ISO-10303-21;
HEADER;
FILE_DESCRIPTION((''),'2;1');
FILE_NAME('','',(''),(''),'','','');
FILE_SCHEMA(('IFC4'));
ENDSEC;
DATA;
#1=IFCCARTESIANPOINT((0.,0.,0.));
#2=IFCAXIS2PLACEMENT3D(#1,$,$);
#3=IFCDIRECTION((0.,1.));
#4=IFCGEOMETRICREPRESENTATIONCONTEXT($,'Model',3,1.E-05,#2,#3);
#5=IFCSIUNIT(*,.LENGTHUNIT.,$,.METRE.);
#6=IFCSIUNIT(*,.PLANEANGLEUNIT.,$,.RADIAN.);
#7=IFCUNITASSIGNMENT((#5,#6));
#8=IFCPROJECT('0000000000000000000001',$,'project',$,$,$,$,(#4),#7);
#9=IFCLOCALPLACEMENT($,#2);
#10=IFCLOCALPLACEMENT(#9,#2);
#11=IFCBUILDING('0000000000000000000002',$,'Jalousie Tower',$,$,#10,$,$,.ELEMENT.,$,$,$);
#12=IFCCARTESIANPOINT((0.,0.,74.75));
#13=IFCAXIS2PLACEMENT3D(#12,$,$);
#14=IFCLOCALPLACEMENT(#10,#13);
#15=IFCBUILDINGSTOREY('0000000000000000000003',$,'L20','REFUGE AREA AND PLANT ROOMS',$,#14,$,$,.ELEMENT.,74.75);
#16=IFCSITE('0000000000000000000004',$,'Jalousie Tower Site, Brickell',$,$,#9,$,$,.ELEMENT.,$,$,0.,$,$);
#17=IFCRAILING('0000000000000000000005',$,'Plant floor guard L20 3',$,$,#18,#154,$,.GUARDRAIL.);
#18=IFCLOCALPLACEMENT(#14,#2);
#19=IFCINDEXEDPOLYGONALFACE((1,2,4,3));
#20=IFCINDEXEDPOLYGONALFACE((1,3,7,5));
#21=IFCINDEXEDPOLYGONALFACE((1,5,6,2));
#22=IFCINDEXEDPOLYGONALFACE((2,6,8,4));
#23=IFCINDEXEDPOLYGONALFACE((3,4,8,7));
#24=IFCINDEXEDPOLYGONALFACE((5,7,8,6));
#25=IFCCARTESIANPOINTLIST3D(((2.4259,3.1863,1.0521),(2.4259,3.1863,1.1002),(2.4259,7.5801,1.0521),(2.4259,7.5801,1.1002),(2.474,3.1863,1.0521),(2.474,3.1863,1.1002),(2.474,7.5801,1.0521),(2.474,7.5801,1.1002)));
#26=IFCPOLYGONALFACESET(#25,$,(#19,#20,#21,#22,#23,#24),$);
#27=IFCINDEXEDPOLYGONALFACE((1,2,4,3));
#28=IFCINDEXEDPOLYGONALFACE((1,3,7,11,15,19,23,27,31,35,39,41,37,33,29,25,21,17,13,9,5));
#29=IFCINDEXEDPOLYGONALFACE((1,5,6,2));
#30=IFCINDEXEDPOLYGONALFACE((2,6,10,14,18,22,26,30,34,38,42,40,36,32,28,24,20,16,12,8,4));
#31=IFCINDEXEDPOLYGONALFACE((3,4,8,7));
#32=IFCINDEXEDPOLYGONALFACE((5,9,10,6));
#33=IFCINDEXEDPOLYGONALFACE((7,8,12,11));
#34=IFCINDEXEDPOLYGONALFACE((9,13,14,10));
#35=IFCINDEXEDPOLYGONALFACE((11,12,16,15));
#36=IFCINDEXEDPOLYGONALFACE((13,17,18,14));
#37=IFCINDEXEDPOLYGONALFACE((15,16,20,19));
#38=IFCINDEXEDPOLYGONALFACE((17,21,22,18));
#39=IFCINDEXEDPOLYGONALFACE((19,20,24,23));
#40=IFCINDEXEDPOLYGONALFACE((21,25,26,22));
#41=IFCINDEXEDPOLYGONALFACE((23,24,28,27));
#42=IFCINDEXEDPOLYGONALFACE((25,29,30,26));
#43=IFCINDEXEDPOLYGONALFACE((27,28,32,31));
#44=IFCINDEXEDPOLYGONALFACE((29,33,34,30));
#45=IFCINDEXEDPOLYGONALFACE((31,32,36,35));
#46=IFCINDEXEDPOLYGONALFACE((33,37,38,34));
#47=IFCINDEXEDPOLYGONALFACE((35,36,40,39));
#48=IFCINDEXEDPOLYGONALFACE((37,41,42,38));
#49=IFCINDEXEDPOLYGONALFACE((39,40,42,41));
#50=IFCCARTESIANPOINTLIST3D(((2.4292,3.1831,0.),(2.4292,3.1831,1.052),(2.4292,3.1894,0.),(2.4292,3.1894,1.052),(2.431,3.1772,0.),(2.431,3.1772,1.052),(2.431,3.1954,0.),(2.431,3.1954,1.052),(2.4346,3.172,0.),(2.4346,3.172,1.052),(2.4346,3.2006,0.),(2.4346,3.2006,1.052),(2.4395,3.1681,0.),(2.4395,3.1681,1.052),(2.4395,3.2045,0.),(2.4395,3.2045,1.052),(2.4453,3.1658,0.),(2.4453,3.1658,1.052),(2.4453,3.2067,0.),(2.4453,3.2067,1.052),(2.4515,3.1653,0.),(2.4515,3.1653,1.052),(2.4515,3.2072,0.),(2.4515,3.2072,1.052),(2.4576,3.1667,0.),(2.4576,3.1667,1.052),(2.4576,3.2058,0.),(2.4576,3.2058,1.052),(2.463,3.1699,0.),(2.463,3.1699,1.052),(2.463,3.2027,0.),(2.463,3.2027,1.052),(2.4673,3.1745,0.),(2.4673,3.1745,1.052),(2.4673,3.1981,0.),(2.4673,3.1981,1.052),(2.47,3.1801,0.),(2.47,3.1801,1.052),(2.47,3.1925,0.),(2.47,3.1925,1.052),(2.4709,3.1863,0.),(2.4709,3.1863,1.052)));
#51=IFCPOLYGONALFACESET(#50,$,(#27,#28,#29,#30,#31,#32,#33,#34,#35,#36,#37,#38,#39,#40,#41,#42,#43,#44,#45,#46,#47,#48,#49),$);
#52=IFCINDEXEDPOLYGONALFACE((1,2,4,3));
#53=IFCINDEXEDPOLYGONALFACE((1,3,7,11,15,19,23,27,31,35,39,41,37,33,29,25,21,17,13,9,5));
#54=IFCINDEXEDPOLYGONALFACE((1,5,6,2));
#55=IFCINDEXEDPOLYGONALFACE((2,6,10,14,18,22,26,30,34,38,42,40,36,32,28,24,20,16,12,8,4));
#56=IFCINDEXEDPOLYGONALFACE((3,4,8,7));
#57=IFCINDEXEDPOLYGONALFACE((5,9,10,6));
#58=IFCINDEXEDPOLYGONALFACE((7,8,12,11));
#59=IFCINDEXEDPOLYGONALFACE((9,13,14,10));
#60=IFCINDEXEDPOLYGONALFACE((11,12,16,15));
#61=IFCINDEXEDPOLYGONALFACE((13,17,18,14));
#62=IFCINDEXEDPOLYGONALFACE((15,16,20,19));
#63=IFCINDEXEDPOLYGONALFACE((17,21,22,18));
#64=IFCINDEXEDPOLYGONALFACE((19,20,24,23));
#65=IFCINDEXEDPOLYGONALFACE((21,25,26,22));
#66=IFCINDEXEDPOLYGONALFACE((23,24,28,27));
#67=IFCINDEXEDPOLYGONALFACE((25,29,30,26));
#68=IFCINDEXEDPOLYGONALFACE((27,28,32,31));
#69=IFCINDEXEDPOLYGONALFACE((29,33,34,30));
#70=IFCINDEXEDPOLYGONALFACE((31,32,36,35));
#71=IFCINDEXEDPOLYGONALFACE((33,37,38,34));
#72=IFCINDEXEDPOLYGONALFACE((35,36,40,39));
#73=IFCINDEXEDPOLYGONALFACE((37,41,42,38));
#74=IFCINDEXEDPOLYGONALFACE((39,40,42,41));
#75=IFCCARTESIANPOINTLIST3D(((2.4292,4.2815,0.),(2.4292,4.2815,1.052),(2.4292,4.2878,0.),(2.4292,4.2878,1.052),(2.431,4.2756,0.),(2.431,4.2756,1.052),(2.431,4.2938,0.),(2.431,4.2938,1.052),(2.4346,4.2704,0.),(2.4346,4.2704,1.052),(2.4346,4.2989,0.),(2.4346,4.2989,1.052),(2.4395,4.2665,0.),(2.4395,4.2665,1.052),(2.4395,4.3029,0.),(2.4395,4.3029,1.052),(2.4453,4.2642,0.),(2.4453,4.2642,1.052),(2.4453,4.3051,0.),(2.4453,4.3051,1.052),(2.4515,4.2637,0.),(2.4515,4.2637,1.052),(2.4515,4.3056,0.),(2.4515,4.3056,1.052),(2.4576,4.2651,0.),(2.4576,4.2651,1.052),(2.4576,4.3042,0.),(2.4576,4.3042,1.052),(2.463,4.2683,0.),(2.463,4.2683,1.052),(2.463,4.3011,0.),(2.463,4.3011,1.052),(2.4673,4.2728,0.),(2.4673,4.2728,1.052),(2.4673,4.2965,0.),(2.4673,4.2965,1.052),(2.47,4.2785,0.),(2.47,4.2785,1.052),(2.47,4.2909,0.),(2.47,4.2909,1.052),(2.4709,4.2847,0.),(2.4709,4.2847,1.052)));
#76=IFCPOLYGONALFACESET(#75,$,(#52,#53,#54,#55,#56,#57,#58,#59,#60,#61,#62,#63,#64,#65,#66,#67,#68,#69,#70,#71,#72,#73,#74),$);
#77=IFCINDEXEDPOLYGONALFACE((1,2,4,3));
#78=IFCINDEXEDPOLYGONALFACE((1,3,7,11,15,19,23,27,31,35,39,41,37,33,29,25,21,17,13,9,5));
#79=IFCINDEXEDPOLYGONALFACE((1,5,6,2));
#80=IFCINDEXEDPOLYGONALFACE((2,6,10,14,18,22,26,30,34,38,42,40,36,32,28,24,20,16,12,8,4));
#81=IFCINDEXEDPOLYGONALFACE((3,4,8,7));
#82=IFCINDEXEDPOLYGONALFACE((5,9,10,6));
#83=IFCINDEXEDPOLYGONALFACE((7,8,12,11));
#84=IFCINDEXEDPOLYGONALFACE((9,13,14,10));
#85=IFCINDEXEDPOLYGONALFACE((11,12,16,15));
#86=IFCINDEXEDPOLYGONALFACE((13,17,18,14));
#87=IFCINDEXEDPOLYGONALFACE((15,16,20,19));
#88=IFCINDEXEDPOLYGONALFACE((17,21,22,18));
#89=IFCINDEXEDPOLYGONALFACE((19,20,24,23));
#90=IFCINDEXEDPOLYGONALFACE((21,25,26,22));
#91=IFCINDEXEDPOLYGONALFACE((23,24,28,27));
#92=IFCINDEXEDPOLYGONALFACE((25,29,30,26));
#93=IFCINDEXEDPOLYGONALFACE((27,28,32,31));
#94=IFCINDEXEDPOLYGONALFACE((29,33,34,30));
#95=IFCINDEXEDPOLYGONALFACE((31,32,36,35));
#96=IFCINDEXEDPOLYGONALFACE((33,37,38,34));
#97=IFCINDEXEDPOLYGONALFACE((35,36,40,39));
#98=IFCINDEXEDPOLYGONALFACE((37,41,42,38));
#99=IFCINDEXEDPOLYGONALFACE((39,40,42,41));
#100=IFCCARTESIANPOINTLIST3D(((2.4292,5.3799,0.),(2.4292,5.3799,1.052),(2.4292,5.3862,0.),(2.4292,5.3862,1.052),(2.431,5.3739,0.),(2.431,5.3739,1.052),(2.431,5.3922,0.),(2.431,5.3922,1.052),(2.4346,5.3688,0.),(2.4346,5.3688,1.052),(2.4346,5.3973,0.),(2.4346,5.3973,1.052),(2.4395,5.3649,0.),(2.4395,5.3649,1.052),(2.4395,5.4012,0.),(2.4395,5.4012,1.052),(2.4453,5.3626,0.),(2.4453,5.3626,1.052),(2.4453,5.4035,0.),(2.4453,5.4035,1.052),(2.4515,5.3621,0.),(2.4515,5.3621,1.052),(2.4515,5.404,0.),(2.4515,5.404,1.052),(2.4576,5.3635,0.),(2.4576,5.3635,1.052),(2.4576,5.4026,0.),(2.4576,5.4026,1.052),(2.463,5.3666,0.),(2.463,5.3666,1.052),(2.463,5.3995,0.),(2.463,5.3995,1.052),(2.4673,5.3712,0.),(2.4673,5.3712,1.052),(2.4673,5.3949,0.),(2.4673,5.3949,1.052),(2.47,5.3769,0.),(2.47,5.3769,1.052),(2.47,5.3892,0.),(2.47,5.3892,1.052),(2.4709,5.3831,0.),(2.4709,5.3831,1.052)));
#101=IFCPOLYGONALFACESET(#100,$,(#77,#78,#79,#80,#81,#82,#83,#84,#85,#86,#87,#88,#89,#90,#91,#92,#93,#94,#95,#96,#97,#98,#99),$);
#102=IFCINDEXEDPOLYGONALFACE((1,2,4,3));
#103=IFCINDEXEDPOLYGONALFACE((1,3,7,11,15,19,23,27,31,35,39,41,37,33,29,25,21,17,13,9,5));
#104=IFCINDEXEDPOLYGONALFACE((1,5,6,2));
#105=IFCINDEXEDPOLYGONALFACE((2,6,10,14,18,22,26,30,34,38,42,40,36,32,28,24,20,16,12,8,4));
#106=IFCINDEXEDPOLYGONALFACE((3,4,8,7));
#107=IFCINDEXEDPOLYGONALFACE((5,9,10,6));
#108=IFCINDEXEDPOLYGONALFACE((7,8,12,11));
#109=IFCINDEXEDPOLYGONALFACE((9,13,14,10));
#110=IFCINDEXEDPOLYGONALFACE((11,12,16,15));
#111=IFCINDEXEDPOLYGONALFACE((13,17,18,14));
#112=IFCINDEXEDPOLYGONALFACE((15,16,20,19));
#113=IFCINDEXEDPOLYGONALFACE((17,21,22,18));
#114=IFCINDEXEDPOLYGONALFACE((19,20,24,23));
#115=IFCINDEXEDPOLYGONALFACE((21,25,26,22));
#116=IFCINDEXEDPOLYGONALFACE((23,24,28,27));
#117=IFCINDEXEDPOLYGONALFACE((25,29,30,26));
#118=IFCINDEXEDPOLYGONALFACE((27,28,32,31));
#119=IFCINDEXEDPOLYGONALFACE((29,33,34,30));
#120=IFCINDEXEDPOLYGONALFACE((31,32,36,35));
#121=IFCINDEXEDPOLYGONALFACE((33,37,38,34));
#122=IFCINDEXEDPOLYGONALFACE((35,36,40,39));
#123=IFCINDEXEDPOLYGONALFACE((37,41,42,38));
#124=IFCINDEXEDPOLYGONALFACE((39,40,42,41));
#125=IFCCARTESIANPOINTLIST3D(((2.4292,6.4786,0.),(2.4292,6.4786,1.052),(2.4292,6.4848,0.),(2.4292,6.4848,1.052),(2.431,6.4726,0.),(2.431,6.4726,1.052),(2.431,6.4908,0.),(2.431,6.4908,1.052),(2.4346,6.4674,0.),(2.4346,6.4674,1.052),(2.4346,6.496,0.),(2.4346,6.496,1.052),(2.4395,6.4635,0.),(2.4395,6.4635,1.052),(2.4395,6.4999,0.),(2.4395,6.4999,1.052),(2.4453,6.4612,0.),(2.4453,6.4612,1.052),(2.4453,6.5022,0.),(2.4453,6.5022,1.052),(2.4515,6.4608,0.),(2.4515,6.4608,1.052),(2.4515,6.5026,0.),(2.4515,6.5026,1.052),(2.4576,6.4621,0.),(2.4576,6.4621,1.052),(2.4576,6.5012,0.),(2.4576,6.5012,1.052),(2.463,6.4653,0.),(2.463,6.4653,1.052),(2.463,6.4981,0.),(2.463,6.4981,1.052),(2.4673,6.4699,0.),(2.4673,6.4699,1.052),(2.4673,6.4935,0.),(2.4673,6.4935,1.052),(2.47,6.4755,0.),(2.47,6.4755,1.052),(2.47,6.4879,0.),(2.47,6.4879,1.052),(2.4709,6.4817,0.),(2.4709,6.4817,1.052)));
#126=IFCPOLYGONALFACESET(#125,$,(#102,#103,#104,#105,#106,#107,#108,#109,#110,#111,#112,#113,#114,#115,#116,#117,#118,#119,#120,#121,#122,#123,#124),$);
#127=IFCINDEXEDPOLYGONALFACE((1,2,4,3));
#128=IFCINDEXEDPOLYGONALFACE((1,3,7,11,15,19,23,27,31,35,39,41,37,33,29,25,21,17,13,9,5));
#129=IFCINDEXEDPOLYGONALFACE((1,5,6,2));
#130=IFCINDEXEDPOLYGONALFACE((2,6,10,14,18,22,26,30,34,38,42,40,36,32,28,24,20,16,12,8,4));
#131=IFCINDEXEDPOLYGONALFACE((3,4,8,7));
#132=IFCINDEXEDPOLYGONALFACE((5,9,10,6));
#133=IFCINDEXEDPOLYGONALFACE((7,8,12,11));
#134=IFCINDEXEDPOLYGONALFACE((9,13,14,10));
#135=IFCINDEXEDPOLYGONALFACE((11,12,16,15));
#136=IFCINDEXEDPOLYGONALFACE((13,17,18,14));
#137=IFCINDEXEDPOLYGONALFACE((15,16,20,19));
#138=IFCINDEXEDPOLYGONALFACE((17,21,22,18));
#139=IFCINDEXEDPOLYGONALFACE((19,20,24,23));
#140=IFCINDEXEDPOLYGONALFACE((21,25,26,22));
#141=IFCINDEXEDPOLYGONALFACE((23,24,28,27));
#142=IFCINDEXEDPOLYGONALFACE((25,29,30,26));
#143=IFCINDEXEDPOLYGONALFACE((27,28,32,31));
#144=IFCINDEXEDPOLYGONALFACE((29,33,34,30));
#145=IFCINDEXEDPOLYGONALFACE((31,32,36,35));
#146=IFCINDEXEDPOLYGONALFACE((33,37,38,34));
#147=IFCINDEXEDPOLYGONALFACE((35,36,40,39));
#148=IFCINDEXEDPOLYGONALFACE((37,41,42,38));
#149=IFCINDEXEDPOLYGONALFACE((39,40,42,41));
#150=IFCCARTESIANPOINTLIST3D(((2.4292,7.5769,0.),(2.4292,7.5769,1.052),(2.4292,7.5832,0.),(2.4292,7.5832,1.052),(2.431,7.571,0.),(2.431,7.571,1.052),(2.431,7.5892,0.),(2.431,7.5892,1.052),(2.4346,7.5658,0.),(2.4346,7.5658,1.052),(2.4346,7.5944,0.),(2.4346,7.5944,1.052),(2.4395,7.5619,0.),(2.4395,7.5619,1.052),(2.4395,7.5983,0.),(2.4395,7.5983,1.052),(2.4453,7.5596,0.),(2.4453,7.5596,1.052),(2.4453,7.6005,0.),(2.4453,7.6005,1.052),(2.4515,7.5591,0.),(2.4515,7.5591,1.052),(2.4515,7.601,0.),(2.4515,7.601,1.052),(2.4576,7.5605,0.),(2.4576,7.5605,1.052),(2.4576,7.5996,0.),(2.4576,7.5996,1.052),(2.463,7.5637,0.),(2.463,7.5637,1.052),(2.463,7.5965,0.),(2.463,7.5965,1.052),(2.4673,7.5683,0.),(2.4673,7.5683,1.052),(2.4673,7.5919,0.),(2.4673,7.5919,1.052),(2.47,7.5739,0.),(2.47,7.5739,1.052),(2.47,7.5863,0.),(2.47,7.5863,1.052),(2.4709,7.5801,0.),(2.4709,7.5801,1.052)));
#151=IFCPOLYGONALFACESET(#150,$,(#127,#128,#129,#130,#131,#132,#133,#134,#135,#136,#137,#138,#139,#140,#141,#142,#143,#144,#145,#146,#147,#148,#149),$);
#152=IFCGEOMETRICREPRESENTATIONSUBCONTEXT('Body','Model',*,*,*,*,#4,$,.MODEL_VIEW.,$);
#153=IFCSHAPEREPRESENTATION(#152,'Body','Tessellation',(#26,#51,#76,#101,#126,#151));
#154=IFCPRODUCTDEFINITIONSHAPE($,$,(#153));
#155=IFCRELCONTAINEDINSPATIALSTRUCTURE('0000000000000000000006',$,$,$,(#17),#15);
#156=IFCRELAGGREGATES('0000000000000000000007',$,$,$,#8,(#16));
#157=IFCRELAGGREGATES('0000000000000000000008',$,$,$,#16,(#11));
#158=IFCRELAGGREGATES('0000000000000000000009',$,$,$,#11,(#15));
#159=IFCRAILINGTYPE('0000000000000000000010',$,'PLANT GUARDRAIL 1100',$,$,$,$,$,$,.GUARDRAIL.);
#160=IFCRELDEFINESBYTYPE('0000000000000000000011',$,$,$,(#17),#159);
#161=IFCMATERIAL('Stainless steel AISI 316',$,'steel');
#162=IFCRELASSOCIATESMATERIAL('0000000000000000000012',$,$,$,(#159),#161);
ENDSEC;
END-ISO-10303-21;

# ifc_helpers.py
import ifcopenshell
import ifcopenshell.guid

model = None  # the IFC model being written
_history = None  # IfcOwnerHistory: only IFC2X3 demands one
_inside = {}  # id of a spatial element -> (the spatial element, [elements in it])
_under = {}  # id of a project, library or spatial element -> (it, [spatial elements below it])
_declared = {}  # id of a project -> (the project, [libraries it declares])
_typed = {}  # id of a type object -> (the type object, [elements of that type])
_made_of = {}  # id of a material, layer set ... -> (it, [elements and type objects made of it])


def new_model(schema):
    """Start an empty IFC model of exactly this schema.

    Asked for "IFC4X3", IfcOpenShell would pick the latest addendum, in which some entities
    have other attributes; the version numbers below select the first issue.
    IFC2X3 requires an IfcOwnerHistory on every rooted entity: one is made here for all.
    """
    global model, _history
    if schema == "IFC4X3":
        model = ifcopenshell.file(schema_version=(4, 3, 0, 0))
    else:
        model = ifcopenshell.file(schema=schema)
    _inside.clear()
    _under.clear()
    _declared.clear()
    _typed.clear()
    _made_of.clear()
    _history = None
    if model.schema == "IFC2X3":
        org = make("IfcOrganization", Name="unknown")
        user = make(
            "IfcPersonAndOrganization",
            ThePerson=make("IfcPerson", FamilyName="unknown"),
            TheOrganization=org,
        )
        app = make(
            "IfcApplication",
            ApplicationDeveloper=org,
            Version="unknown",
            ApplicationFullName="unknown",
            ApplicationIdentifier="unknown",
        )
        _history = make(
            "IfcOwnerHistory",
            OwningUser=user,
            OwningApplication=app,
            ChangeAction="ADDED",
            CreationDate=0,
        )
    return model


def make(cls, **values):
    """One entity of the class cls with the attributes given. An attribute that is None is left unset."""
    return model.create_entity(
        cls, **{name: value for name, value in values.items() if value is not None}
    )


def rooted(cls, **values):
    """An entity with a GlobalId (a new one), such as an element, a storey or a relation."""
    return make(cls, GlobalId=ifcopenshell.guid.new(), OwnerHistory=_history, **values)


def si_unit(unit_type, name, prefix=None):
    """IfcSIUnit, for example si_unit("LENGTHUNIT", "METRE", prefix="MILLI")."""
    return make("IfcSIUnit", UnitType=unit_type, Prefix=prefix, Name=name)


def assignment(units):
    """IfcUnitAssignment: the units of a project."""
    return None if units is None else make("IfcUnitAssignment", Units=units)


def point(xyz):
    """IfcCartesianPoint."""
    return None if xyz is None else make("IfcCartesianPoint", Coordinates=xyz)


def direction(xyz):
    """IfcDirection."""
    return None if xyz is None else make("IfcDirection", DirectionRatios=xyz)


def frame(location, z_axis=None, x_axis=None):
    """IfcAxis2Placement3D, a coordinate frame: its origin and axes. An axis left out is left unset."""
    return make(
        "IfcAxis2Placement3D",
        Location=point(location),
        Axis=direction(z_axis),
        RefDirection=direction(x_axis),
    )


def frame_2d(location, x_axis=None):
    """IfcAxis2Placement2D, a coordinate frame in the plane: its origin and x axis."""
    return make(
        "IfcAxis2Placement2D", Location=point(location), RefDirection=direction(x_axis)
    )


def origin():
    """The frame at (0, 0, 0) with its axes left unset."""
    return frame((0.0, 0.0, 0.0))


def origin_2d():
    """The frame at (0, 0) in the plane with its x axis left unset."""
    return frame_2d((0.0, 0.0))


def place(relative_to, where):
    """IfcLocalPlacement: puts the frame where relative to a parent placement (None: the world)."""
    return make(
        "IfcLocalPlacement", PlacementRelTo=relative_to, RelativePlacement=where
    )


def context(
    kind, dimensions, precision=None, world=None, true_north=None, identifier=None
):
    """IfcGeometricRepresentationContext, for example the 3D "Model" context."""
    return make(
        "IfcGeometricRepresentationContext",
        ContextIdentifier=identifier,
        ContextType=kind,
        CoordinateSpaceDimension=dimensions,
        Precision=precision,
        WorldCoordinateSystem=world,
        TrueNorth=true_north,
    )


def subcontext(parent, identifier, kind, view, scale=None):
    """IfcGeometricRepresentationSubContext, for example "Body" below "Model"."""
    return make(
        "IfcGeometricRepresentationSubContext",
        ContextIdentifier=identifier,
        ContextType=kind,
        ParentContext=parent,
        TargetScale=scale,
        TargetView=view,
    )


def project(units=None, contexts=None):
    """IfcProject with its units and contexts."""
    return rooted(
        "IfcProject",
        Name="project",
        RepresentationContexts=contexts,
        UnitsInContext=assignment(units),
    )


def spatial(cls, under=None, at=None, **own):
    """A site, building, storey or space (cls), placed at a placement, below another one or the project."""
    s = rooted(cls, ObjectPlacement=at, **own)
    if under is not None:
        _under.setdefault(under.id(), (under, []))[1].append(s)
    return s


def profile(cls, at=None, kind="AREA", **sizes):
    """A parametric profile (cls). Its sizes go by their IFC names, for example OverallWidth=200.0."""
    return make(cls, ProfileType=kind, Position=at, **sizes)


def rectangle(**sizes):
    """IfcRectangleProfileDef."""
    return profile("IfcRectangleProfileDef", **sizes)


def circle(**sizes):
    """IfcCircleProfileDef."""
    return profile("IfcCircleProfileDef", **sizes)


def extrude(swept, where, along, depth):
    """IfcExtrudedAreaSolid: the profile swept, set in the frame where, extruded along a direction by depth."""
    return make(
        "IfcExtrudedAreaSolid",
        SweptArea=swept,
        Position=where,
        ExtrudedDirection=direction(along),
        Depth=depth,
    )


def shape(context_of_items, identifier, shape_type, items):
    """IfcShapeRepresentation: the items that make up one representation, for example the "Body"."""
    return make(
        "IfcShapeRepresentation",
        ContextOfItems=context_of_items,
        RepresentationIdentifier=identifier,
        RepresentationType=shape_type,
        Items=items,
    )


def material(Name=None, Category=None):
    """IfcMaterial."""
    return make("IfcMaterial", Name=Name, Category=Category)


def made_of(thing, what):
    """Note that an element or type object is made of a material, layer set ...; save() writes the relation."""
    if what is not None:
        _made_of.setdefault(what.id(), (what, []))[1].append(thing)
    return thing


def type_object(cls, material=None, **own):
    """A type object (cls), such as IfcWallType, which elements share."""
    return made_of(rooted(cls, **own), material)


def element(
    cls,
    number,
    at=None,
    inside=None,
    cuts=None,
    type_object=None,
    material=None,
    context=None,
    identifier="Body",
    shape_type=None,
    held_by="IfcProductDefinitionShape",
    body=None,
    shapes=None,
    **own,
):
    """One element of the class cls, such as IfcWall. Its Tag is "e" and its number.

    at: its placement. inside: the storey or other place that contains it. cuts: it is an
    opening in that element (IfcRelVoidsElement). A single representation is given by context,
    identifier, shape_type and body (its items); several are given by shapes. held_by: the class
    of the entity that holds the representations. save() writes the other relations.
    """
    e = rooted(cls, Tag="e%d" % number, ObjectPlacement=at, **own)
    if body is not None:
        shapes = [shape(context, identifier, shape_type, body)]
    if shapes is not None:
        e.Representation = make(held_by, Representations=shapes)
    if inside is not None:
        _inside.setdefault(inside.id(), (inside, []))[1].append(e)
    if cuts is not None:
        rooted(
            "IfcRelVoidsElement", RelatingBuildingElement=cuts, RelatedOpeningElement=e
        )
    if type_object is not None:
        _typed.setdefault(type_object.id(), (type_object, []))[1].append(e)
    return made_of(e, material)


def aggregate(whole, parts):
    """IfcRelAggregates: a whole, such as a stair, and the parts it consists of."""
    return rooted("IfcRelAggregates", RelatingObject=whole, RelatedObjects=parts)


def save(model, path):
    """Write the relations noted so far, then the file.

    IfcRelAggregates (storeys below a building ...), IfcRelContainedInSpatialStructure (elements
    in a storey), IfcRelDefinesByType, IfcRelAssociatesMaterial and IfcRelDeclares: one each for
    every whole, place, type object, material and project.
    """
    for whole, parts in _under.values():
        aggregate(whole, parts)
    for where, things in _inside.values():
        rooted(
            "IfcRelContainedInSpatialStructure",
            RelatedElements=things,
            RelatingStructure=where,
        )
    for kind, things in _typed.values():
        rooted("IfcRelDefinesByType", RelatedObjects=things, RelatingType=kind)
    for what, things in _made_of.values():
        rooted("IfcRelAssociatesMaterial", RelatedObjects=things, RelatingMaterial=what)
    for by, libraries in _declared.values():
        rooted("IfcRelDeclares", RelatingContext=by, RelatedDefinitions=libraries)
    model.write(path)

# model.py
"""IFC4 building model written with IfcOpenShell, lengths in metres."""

from ifc_helpers import new_model, si_unit, direction, frame, origin, origin_2d, place, context, subcontext, project, spatial, rectangle, circle, extrude, material, type_object, element, save


model = new_model("IFC4")

# Units and contexts
model_context = context("Model", 3, precision=1e-05, world=origin(), true_north=direction((0.0, 1.0)))
body_context = subcontext(model_context, "Body", "Model", "MODEL_VIEW")
ifc_project = project(units=[si_unit("LENGTHUNIT", "METRE"), si_unit("PLANEANGLEUNIT", "RADIAN")], contexts=[model_context])

# Site, building, storey
site_placement = place(None, origin())
site = spatial("IfcSite", under=ifc_project, at=site_placement, Name="Jalousie Tower Site, Brickell", CompositionType="ELEMENT", RefElevation=0.0)
building_placement = place(site_placement, origin())
building = spatial("IfcBuilding", under=site, at=building_placement, Name="Jalousie Tower", CompositionType="ELEMENT")
storey_placement = place(building_placement, frame((0.0, 0.0, 74.75)))
storey = spatial("IfcBuildingStorey", under=building, at=storey_placement, Name="L20", Description="REFUGE AREA AND PLANT ROOMS", CompositionType="ELEMENT", Elevation=74.75)

# Railing
ifc_material_1 = material(Name="Stainless steel AISI 316", Category="steel")
railing_type = type_object("IfcRailingType", Name="PLANT GUARDRAIL 1100", PredefinedType="GUARDRAIL", material=ifc_material_1)
railing_1_placement = place(storey_placement, frame((2.45, 3.1863, 0.0)))
element("IfcRailing", 1, at=railing_1_placement, inside=storey, type_object=railing_type, Name="Plant floor guard L20 3", PredefinedType="GUARDRAIL", context=body_context, shape_type="SweptSolid", body=[
    extrude(rectangle(XDim=0.0481, YDim=0.0481, at=origin_2d()), frame((0.0, 0.0, 1.0762), z_axis=(0.0, 1.0, 0.0), x_axis=(-1.0, 0.0, 0.0)), (0.0, 0.0, 1.0), 4.3938),
    extrude(circle(Radius=0.021, at=origin_2d()), origin(), (0.0, 0.0, 1.0), 1.052),
    extrude(circle(Radius=0.021, at=origin_2d()), frame((0.0, 1.0984, 0.0)), (0.0, 0.0, 1.0), 1.052),
    extrude(circle(Radius=0.021, at=origin_2d()), frame((0.0, 2.1968, 0.0)), (0.0, 0.0, 1.0), 1.052),
    extrude(circle(Radius=0.021, at=origin_2d()), frame((0.0, 3.2954, 0.0)), (0.0, 0.0, 1.0), 1.052),
    extrude(circle(Radius=0.021, at=origin_2d()), frame((0.0, 4.3938, 0.0)), (0.0, 0.0, 1.0), 1.052),
])

save(model, "model.ifc")
